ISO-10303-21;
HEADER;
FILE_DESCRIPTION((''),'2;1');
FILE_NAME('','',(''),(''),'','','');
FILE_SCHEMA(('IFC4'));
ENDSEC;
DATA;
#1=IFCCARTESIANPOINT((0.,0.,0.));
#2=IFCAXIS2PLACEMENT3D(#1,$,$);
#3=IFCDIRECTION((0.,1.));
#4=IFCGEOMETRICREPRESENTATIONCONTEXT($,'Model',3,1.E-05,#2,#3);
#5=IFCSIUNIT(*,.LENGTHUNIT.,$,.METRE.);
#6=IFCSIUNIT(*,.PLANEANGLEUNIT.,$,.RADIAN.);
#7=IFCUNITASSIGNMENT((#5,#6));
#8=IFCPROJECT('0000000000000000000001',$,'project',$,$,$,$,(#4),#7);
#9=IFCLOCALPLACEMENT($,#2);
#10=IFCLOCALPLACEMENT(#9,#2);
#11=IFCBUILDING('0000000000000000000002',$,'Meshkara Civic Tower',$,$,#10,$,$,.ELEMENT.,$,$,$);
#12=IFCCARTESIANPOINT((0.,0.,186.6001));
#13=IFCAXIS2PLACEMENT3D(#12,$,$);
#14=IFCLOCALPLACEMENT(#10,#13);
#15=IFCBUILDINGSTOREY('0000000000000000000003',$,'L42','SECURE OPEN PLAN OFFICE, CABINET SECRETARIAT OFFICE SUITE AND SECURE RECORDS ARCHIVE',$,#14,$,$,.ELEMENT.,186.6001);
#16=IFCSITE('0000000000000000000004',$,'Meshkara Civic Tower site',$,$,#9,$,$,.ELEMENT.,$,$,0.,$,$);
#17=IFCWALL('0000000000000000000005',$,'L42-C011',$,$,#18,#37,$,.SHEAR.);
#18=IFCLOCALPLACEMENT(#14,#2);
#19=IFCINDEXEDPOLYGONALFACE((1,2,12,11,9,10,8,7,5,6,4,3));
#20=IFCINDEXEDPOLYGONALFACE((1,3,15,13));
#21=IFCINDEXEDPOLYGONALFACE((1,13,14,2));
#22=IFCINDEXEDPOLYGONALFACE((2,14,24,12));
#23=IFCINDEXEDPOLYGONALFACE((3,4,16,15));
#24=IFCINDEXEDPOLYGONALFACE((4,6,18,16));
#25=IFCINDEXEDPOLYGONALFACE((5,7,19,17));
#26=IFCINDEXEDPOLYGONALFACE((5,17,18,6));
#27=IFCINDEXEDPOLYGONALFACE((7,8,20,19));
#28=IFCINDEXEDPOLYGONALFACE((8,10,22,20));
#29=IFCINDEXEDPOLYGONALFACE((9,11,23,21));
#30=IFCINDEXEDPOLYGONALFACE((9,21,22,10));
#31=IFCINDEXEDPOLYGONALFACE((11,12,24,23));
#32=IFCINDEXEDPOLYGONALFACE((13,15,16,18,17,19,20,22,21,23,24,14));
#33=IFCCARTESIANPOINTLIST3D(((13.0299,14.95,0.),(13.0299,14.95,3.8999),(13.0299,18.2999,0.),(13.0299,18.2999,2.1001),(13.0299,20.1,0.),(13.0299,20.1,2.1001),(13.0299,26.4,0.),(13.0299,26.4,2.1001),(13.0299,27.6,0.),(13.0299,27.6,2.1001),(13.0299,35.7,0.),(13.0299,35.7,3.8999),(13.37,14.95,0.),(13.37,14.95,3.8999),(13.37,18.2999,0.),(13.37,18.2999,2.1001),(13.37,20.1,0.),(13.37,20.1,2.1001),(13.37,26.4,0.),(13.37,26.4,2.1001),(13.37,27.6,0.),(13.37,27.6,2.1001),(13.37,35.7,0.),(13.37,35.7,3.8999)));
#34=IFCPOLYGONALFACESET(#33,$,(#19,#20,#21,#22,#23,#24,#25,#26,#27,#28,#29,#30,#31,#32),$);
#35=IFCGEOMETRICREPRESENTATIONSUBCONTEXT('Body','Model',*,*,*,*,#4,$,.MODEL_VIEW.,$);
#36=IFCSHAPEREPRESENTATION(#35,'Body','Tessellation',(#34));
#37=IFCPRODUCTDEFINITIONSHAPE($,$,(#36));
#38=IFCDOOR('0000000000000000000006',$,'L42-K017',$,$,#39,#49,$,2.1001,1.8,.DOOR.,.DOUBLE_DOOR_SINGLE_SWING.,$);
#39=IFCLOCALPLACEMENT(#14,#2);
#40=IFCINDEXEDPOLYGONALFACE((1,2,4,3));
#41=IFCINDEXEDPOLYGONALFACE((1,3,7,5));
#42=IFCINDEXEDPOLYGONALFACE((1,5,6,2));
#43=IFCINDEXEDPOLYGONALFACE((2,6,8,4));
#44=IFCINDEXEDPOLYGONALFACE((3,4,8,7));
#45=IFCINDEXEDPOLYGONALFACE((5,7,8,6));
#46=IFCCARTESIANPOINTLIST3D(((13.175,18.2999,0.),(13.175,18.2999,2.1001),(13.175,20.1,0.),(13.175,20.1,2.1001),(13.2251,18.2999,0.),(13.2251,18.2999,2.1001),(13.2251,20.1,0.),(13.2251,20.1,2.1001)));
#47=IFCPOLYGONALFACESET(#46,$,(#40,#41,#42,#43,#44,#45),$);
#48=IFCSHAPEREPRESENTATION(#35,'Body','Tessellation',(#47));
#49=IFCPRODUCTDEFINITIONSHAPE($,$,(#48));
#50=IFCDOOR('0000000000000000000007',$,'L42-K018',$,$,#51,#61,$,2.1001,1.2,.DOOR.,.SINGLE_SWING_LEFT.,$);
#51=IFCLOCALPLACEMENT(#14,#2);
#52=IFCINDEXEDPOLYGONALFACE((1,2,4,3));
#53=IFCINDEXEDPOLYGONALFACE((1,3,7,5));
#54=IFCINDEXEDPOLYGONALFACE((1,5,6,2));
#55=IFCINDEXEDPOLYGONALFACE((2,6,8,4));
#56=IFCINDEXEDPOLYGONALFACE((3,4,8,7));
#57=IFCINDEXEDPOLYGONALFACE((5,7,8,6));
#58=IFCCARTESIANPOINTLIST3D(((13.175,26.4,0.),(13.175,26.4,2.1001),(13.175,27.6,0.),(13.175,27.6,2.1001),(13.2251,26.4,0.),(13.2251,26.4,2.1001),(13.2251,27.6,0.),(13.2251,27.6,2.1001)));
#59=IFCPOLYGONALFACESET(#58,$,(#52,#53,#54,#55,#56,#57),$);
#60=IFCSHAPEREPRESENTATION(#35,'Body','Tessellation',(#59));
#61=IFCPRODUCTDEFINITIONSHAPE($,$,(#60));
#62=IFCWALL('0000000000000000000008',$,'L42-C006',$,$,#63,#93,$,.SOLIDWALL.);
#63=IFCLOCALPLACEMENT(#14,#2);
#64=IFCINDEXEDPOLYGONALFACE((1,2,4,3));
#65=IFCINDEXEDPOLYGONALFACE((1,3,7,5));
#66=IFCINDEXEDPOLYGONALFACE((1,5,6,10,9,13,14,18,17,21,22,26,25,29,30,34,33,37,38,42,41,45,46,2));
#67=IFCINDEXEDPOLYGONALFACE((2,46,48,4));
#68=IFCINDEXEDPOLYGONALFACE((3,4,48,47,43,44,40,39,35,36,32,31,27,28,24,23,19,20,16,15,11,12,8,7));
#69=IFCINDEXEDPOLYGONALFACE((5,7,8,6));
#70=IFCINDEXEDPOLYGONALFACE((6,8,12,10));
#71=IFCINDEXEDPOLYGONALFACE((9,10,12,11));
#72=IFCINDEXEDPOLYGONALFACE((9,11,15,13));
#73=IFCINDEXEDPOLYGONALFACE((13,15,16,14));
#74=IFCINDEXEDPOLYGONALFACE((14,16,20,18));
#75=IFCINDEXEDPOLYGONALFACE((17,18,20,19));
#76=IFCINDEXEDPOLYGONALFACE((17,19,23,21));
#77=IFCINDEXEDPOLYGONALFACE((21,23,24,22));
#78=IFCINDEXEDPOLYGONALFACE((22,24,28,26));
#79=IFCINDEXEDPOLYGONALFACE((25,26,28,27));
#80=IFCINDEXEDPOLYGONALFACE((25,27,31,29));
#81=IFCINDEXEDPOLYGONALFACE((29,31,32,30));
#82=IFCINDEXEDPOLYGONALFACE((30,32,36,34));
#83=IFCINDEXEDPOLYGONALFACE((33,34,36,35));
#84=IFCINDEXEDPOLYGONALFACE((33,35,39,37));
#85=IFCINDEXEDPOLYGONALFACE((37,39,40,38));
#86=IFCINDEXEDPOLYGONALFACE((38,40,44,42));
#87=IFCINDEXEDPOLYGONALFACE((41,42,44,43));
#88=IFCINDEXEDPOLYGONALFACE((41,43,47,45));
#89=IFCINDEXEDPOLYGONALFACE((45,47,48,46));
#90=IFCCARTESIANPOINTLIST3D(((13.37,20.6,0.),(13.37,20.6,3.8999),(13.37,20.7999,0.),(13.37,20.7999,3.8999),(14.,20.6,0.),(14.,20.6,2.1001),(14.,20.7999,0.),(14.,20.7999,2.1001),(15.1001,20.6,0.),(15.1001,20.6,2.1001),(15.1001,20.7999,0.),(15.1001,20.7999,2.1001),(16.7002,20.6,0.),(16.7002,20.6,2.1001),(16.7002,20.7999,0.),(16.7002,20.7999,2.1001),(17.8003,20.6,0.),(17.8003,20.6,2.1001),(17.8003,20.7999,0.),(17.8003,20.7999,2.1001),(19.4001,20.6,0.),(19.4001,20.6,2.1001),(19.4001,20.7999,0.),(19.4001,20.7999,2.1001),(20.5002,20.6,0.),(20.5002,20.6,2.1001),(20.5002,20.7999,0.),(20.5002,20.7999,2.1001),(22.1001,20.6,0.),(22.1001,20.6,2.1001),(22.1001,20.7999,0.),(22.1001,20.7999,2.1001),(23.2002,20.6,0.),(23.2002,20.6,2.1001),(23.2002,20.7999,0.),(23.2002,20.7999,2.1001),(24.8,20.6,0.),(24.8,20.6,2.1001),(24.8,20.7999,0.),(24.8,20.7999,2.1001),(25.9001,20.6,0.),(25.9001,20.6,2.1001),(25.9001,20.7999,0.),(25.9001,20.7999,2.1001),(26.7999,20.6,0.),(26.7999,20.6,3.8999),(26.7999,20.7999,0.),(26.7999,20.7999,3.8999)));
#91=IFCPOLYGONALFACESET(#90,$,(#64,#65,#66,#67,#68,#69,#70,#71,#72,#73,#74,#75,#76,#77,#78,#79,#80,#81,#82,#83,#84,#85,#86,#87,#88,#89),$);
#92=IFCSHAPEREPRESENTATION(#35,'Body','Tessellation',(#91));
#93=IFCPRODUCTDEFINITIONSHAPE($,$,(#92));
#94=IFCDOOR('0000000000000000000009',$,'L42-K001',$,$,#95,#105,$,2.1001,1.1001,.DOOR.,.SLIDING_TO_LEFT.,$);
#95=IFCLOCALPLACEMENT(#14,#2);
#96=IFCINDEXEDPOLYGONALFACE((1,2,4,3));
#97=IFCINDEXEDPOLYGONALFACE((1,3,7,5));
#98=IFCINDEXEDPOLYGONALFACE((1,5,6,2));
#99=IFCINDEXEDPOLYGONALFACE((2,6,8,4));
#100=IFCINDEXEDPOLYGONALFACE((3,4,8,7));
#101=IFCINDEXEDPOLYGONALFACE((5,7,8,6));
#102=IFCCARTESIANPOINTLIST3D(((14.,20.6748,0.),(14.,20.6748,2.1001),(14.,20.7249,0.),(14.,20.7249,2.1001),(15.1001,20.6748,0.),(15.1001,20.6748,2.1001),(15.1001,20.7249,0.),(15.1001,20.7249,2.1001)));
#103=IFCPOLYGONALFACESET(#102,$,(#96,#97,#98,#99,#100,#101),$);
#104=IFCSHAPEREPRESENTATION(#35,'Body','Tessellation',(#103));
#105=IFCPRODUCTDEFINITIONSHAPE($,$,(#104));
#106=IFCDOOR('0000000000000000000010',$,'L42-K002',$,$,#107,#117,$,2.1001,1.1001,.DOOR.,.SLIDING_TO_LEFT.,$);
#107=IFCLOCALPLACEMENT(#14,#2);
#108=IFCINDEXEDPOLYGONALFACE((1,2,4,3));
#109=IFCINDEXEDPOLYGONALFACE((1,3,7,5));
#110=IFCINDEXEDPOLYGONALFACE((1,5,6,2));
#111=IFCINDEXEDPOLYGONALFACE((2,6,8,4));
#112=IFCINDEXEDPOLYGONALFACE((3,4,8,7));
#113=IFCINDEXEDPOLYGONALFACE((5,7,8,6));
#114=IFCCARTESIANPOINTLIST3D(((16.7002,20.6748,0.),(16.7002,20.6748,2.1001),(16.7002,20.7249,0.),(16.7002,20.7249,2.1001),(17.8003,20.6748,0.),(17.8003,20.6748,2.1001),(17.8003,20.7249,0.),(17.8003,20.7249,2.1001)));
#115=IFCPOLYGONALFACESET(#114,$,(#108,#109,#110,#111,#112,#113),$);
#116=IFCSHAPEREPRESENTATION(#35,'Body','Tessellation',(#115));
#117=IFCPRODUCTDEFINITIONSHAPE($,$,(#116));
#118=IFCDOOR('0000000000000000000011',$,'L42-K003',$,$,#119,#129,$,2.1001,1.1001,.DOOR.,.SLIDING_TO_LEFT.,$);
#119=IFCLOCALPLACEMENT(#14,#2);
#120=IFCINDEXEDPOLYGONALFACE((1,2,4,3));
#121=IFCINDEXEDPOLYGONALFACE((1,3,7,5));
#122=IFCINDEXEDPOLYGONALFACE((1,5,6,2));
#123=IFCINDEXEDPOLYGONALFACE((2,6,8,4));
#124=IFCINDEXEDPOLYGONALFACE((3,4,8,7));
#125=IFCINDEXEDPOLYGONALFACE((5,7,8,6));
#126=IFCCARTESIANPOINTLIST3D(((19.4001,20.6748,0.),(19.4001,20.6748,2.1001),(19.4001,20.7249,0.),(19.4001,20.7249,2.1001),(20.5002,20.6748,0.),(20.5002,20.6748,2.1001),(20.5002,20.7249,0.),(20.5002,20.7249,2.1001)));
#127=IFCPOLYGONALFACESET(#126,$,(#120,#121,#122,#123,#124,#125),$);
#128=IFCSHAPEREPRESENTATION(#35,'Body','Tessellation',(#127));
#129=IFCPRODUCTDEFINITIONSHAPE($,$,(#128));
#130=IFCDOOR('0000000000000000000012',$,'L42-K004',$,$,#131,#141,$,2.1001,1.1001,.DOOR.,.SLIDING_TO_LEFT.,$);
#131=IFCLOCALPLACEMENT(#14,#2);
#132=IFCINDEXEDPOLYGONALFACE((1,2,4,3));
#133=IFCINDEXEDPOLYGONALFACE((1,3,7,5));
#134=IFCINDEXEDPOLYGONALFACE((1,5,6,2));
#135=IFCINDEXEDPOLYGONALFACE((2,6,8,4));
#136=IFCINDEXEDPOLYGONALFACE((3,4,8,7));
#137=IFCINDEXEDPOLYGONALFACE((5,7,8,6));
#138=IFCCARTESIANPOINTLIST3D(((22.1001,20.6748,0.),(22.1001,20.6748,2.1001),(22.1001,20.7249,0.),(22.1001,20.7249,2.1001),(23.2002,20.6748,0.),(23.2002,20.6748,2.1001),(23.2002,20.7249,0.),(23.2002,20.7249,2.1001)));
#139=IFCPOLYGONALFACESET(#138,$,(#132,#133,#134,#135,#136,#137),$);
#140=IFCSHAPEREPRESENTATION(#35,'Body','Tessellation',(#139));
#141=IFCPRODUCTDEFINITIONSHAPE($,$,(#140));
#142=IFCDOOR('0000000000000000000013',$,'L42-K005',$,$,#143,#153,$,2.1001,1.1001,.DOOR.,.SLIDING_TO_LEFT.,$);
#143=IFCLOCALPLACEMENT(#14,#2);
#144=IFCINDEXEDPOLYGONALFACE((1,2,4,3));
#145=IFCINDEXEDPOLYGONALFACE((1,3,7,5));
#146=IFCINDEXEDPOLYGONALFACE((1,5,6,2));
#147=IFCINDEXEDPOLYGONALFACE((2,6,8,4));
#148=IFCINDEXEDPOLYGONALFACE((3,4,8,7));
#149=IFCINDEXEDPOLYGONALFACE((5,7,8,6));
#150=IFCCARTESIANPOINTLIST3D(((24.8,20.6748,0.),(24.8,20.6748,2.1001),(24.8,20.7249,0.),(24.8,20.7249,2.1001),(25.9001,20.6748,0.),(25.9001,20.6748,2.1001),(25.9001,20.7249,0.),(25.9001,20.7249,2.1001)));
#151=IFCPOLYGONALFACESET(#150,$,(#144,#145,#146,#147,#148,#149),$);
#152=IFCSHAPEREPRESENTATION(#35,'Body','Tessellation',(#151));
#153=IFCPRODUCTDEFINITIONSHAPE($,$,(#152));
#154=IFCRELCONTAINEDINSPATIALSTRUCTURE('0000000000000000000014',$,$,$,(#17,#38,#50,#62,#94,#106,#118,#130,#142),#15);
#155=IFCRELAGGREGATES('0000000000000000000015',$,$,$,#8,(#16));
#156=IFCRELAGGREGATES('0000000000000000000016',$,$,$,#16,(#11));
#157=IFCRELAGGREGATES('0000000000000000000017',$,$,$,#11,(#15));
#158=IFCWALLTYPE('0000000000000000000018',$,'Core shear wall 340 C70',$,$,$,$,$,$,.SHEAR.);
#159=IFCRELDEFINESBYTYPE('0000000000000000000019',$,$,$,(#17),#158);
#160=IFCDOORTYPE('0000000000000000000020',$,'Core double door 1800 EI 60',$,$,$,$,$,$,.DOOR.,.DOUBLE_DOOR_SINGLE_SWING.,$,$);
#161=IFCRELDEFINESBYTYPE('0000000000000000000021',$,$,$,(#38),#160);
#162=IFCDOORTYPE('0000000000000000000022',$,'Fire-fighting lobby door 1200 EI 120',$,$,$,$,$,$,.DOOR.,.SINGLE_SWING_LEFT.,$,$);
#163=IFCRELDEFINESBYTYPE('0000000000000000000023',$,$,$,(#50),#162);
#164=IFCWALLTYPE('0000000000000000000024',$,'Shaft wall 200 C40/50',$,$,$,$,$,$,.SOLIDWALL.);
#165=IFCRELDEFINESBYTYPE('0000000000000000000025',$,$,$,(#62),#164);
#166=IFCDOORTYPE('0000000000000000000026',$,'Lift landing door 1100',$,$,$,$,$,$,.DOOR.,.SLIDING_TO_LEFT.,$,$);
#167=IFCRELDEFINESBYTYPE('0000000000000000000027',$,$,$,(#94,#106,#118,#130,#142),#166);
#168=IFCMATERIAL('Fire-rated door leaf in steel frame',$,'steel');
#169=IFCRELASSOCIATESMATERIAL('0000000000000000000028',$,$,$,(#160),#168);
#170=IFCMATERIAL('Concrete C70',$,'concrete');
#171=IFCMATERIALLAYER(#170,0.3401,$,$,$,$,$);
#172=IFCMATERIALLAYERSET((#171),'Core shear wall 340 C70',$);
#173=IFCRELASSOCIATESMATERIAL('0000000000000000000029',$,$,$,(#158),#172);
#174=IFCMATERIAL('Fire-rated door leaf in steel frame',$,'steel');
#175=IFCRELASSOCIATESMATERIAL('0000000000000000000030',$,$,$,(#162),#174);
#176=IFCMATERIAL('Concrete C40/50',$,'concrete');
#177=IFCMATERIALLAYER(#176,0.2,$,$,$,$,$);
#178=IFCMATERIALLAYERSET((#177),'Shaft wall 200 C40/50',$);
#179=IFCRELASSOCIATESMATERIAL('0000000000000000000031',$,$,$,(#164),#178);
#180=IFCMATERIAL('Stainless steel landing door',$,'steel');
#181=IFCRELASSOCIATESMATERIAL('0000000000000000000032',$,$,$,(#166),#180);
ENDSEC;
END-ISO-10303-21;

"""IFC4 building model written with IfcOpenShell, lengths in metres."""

from ifc_helpers import new_model, si_unit, direction, frame, frame_2d, origin, place, context, subcontext, project, spatial, rectangle, extrude, material, layer, layer_set, type_object, element, fill, save


model = new_model("IFC4")

# Units and contexts
model_context = context("Model", 3, precision=1e-05, world=origin(), true_north=direction((0.0, 1.0)))
body_context = subcontext(model_context, "Body", "Model", "MODEL_VIEW")
ifc_project = project(units=[si_unit("LENGTHUNIT", "METRE"), si_unit("PLANEANGLEUNIT", "RADIAN")], contexts=[model_context])

# Site, building, storey
site_placement = place(None, origin())
site = spatial("IfcSite", under=ifc_project, at=site_placement, Name="Meshkara Civic Tower site", CompositionType="ELEMENT", RefElevation=0.0)
building_placement = place(site_placement, origin())
building = spatial("IfcBuilding", under=site, at=building_placement, Name="Meshkara Civic Tower", CompositionType="ELEMENT")
storey_placement = place(building_placement, frame((0.0, 0.0, 186.6001)))
storey = spatial("IfcBuildingStorey", under=building, at=storey_placement, Name="L42", Description="SECURE OPEN PLAN OFFICE, CABINET SECRETARIAT OFFICE SUITE AND SECURE RECORDS ARCHIVE", CompositionType="ELEMENT", Elevation=186.6001)

# Shared definitions
ifc_material_1 = material(Name="Fire-rated door leaf in steel frame", Category="steel")
door_type_1 = type_object("IfcDoorType", Name="Core double door 1800 EI 60", OperationType="DOUBLE_DOOR_SINGLE_SWING", PredefinedType="DOOR", material=ifc_material_1)

# Shared definitions
ifc_material_2 = material(Name="Concrete C70", Category="concrete")
ifc_layer_1 = layer(ifc_material_2, 0.3401)
ifc_layer_set_1 = layer_set([ifc_layer_1], Name="Core shear wall 340 C70")
wall_type_1 = type_object("IfcWallType", Name="Core shear wall 340 C70", PredefinedType="SHEAR", material=ifc_layer_set_1)

# Wall, openings, doors
wall_1_placement = place(storey_placement, frame((13.2, 14.95, 0.0), z_axis=(0.0, 0.0, 1.0), x_axis=(0.0, 1.0, 0.0)))
wall_1 = element("IfcWall", 1, at=wall_1_placement, inside=storey, type_object=wall_type_1, Name="L42-C011", PredefinedType="SHEAR", context=body_context, shape_type="SweptSolid", body=[
    extrude(rectangle(XDim=20.75, YDim=0.3401, at=frame_2d((10.375, 0.0))), origin(), (0.0, 0.0, 1.0), 3.8999),
])
opening_1_placement = place(wall_1_placement, frame((3.3501, 0.0, 0.0)))
opening_1 = element("IfcOpeningElement", 2, at=opening_1_placement, cuts=wall_1, PredefinedType="OPENING", context=body_context, shape_type="SweptSolid", body=[
    extrude(rectangle(XDim=1.8, YDim=2.1001, at=frame_2d((0.8999, 1.05))), frame((0.0, 0.1799, 0.0), z_axis=(0.0, -1.0, 0.0), x_axis=(1.0, 0.0, 0.0)), (0.0, 0.0, 1.0), 0.3601),
])
opening_2_placement = place(wall_1_placement, frame((11.45, 0.0, 0.0)))
opening_2 = element("IfcOpeningElement", 3, at=opening_2_placement, cuts=wall_1, PredefinedType="OPENING", context=body_context, shape_type="SweptSolid", body=[
    extrude(rectangle(XDim=1.2, YDim=2.1001, at=frame_2d((0.6001, 1.05))), frame((0.0, 0.1799, 0.0), z_axis=(0.0, -1.0, 0.0), x_axis=(1.0, 0.0, 0.0)), (0.0, 0.0, 1.0), 0.3601),
])
door_1_placement = place(opening_1_placement, origin())
door_1 = element("IfcDoor", 4, at=door_1_placement, inside=storey, type_object=door_type_1, Name="L42-K017", OperationType="DOUBLE_DOOR_SINGLE_SWING", OverallHeight=2.1001, OverallWidth=1.8, PredefinedType="DOOR", context=body_context, shape_type="SweptSolid", body=[
    extrude(rectangle(XDim=1.8, YDim=2.1001, at=frame_2d((0.8999, 1.05))), frame((0.0, 0.0249, 0.0), z_axis=(0.0, -1.0, 0.0), x_axis=(1.0, 0.0, 0.0)), (0.0, 0.0, 1.0), 0.05),
])
fill(opening_1, door_1)
ifc_material_3 = material(Name="Fire-rated door leaf in steel frame", Category="steel")
door_type_2 = type_object("IfcDoorType", Name="Fire-fighting lobby door 1200 EI 120", OperationType="SINGLE_SWING_LEFT", PredefinedType="DOOR", material=ifc_material_3)
door_2_placement = place(opening_2_placement, origin())
door_2 = element("IfcDoor", 5, at=door_2_placement, inside=storey, type_object=door_type_2, Name="L42-K018", OperationType="SINGLE_SWING_LEFT", OverallHeight=2.1001, OverallWidth=1.2, PredefinedType="DOOR", context=body_context, shape_type="SweptSolid", body=[
    extrude(rectangle(XDim=1.2, YDim=2.1001, at=frame_2d((0.6001, 1.05))), frame((0.0, 0.0249, 0.0), z_axis=(0.0, -1.0, 0.0), x_axis=(1.0, 0.0, 0.0)), (0.0, 0.0, 1.0), 0.05),
])
fill(opening_2, door_2)

# Wall, openings, doors
ifc_material_4 = material(Name="Concrete C40/50", Category="concrete")
ifc_layer_2 = layer(ifc_material_4, 0.2)
ifc_layer_set_2 = layer_set([ifc_layer_2], Name="Shaft wall 200 C40/50")
wall_type_2 = type_object("IfcWallType", Name="Shaft wall 200 C40/50", PredefinedType="SOLIDWALL", material=ifc_layer_set_2)
wall_2_placement = place(storey_placement, frame((13.3701, 20.7, 0.0), z_axis=(0.0, 0.0, 1.0), x_axis=(1.0, 0.0, 0.0)))
wall_2 = element("IfcWall", 6, at=wall_2_placement, inside=storey, type_object=wall_type_2, Name="L42-C006", PredefinedType="SOLIDWALL", context=body_context, shape_type="SweptSolid", body=[
    extrude(rectangle(XDim=13.4299, YDim=0.2, at=frame_2d((6.7148, 0.0))), origin(), (0.0, 0.0, 1.0), 3.8999),
])
opening_3_placement = place(wall_2_placement, frame((0.6299, 0.0, 0.0)))
opening_3 = element("IfcOpeningElement", 7, at=opening_3_placement, cuts=wall_2, PredefinedType="OPENING", context=body_context, shape_type="SweptSolid", body=[
    extrude(rectangle(XDim=1.1001, YDim=2.1001, at=frame_2d((0.55, 1.05))), frame((0.0, 0.1099, 0.0), z_axis=(0.0, -1.0, 0.0), x_axis=(1.0, 0.0, 0.0)), (0.0, 0.0, 1.0), 0.22),
])
opening_4_placement = place(wall_2_placement, frame((3.3301, 0.0, 0.0)))
opening_4 = element("IfcOpeningElement", 8, at=opening_4_placement, cuts=wall_2, PredefinedType="OPENING", context=body_context, shape_type="SweptSolid", body=[
    extrude(rectangle(XDim=1.1001, YDim=2.1001, at=frame_2d((0.55, 1.05))), frame((0.0, 0.1099, 0.0), z_axis=(0.0, -1.0, 0.0), x_axis=(1.0, 0.0, 0.0)), (0.0, 0.0, 1.0), 0.22),
])
opening_5_placement = place(wall_2_placement, frame((6.03, 0.0, 0.0)))
opening_5 = element("IfcOpeningElement", 9, at=opening_5_placement, cuts=wall_2, PredefinedType="OPENING", context=body_context, shape_type="SweptSolid", body=[
    extrude(rectangle(XDim=1.1001, YDim=2.1001, at=frame_2d((0.55, 1.05))), frame((0.0, 0.1099, 0.0), z_axis=(0.0, -1.0, 0.0), x_axis=(1.0, 0.0, 0.0)), (0.0, 0.0, 1.0), 0.22),
])
opening_6_placement = place(wall_2_placement, frame((8.73, 0.0, 0.0)))
opening_6 = element("IfcOpeningElement", 10, at=opening_6_placement, cuts=wall_2, PredefinedType="OPENING", context=body_context, shape_type="SweptSolid", body=[
    extrude(rectangle(XDim=1.1001, YDim=2.1001, at=frame_2d((0.55, 1.05))), frame((0.0, 0.1099, 0.0), z_axis=(0.0, -1.0, 0.0), x_axis=(1.0, 0.0, 0.0)), (0.0, 0.0, 1.0), 0.22),
])
opening_7_placement = place(wall_2_placement, frame((11.4299, 0.0, 0.0)))
opening_7 = element("IfcOpeningElement", 11, at=opening_7_placement, cuts=wall_2, PredefinedType="OPENING", context=body_context, shape_type="SweptSolid", body=[
    extrude(rectangle(XDim=1.1001, YDim=2.1001, at=frame_2d((0.55, 1.05))), frame((0.0, 0.1099, 0.0), z_axis=(0.0, -1.0, 0.0), x_axis=(1.0, 0.0, 0.0)), (0.0, 0.0, 1.0), 0.22),
])
ifc_material_5 = material(Name="Stainless steel landing door", Category="steel")
door_type_3 = type_object("IfcDoorType", Name="Lift landing door 1100", OperationType="SLIDING_TO_LEFT", PredefinedType="DOOR", material=ifc_material_5)
door_3_placement = place(opening_3_placement, origin())
door_3 = element("IfcDoor", 12, at=door_3_placement, inside=storey, type_object=door_type_3, Name="L42-K001", OperationType="SLIDING_TO_LEFT", OverallHeight=2.1001, OverallWidth=1.1001, PredefinedType="DOOR", context=body_context, shape_type="SweptSolid", body=[
    extrude(rectangle(XDim=1.1001, YDim=2.1001, at=frame_2d((0.55, 1.05))), frame((0.0, 0.0249, 0.0), z_axis=(0.0, -1.0, 0.0), x_axis=(1.0, 0.0, 0.0)), (0.0, 0.0, 1.0), 0.05),
])
fill(opening_3, door_3)
door_4_placement = place(opening_4_placement, origin())
door_4 = element("IfcDoor", 13, at=door_4_placement, inside=storey, type_object=door_type_3, Name="L42-K002", OperationType="SLIDING_TO_LEFT", OverallHeight=2.1001, OverallWidth=1.1001, PredefinedType="DOOR", context=body_context, shape_type="SweptSolid", body=[
    extrude(rectangle(XDim=1.1001, YDim=2.1001, at=frame_2d((0.55, 1.05))), frame((0.0, 0.0249, 0.0), z_axis=(0.0, -1.0, 0.0), x_axis=(1.0, 0.0, 0.0)), (0.0, 0.0, 1.0), 0.05),
])
fill(opening_4, door_4)
door_5_placement = place(opening_5_placement, origin())
door_5 = element("IfcDoor", 14, at=door_5_placement, inside=storey, type_object=door_type_3, Name="L42-K003", OperationType="SLIDING_TO_LEFT", OverallHeight=2.1001, OverallWidth=1.1001, PredefinedType="DOOR", context=body_context, shape_type="SweptSolid", body=[
    extrude(rectangle(XDim=1.1001, YDim=2.1001, at=frame_2d((0.55, 1.05))), frame((0.0, 0.0249, 0.0), z_axis=(0.0, -1.0, 0.0), x_axis=(1.0, 0.0, 0.0)), (0.0, 0.0, 1.0), 0.05),
])
fill(opening_5, door_5)
door_6_placement = place(opening_6_placement, origin())
door_6 = element("IfcDoor", 15, at=door_6_placement, inside=storey, type_object=door_type_3, Name="L42-K004", OperationType="SLIDING_TO_LEFT", OverallHeight=2.1001, OverallWidth=1.1001, PredefinedType="DOOR", context=body_context, shape_type="SweptSolid", body=[
    extrude(rectangle(XDim=1.1001, YDim=2.1001, at=frame_2d((0.55, 1.05))), frame((0.0, 0.0249, 0.0), z_axis=(0.0, -1.0, 0.0), x_axis=(1.0, 0.0, 0.0)), (0.0, 0.0, 1.0), 0.05),
])
fill(opening_6, door_6)
door_7_placement = place(opening_7_placement, origin())
door_7 = element("IfcDoor", 16, at=door_7_placement, inside=storey, type_object=door_type_3, Name="L42-K005", OperationType="SLIDING_TO_LEFT", OverallHeight=2.1001, OverallWidth=1.1001, PredefinedType="DOOR", context=body_context, shape_type="SweptSolid", body=[
    extrude(rectangle(XDim=1.1001, YDim=2.1001, at=frame_2d((0.55, 1.05))), frame((0.0, 0.0249, 0.0), z_axis=(0.0, -1.0, 0.0), x_axis=(1.0, 0.0, 0.0)), (0.0, 0.0, 1.0), 0.05),
])
fill(opening_7, door_7)

save(model, "model.ifc")
